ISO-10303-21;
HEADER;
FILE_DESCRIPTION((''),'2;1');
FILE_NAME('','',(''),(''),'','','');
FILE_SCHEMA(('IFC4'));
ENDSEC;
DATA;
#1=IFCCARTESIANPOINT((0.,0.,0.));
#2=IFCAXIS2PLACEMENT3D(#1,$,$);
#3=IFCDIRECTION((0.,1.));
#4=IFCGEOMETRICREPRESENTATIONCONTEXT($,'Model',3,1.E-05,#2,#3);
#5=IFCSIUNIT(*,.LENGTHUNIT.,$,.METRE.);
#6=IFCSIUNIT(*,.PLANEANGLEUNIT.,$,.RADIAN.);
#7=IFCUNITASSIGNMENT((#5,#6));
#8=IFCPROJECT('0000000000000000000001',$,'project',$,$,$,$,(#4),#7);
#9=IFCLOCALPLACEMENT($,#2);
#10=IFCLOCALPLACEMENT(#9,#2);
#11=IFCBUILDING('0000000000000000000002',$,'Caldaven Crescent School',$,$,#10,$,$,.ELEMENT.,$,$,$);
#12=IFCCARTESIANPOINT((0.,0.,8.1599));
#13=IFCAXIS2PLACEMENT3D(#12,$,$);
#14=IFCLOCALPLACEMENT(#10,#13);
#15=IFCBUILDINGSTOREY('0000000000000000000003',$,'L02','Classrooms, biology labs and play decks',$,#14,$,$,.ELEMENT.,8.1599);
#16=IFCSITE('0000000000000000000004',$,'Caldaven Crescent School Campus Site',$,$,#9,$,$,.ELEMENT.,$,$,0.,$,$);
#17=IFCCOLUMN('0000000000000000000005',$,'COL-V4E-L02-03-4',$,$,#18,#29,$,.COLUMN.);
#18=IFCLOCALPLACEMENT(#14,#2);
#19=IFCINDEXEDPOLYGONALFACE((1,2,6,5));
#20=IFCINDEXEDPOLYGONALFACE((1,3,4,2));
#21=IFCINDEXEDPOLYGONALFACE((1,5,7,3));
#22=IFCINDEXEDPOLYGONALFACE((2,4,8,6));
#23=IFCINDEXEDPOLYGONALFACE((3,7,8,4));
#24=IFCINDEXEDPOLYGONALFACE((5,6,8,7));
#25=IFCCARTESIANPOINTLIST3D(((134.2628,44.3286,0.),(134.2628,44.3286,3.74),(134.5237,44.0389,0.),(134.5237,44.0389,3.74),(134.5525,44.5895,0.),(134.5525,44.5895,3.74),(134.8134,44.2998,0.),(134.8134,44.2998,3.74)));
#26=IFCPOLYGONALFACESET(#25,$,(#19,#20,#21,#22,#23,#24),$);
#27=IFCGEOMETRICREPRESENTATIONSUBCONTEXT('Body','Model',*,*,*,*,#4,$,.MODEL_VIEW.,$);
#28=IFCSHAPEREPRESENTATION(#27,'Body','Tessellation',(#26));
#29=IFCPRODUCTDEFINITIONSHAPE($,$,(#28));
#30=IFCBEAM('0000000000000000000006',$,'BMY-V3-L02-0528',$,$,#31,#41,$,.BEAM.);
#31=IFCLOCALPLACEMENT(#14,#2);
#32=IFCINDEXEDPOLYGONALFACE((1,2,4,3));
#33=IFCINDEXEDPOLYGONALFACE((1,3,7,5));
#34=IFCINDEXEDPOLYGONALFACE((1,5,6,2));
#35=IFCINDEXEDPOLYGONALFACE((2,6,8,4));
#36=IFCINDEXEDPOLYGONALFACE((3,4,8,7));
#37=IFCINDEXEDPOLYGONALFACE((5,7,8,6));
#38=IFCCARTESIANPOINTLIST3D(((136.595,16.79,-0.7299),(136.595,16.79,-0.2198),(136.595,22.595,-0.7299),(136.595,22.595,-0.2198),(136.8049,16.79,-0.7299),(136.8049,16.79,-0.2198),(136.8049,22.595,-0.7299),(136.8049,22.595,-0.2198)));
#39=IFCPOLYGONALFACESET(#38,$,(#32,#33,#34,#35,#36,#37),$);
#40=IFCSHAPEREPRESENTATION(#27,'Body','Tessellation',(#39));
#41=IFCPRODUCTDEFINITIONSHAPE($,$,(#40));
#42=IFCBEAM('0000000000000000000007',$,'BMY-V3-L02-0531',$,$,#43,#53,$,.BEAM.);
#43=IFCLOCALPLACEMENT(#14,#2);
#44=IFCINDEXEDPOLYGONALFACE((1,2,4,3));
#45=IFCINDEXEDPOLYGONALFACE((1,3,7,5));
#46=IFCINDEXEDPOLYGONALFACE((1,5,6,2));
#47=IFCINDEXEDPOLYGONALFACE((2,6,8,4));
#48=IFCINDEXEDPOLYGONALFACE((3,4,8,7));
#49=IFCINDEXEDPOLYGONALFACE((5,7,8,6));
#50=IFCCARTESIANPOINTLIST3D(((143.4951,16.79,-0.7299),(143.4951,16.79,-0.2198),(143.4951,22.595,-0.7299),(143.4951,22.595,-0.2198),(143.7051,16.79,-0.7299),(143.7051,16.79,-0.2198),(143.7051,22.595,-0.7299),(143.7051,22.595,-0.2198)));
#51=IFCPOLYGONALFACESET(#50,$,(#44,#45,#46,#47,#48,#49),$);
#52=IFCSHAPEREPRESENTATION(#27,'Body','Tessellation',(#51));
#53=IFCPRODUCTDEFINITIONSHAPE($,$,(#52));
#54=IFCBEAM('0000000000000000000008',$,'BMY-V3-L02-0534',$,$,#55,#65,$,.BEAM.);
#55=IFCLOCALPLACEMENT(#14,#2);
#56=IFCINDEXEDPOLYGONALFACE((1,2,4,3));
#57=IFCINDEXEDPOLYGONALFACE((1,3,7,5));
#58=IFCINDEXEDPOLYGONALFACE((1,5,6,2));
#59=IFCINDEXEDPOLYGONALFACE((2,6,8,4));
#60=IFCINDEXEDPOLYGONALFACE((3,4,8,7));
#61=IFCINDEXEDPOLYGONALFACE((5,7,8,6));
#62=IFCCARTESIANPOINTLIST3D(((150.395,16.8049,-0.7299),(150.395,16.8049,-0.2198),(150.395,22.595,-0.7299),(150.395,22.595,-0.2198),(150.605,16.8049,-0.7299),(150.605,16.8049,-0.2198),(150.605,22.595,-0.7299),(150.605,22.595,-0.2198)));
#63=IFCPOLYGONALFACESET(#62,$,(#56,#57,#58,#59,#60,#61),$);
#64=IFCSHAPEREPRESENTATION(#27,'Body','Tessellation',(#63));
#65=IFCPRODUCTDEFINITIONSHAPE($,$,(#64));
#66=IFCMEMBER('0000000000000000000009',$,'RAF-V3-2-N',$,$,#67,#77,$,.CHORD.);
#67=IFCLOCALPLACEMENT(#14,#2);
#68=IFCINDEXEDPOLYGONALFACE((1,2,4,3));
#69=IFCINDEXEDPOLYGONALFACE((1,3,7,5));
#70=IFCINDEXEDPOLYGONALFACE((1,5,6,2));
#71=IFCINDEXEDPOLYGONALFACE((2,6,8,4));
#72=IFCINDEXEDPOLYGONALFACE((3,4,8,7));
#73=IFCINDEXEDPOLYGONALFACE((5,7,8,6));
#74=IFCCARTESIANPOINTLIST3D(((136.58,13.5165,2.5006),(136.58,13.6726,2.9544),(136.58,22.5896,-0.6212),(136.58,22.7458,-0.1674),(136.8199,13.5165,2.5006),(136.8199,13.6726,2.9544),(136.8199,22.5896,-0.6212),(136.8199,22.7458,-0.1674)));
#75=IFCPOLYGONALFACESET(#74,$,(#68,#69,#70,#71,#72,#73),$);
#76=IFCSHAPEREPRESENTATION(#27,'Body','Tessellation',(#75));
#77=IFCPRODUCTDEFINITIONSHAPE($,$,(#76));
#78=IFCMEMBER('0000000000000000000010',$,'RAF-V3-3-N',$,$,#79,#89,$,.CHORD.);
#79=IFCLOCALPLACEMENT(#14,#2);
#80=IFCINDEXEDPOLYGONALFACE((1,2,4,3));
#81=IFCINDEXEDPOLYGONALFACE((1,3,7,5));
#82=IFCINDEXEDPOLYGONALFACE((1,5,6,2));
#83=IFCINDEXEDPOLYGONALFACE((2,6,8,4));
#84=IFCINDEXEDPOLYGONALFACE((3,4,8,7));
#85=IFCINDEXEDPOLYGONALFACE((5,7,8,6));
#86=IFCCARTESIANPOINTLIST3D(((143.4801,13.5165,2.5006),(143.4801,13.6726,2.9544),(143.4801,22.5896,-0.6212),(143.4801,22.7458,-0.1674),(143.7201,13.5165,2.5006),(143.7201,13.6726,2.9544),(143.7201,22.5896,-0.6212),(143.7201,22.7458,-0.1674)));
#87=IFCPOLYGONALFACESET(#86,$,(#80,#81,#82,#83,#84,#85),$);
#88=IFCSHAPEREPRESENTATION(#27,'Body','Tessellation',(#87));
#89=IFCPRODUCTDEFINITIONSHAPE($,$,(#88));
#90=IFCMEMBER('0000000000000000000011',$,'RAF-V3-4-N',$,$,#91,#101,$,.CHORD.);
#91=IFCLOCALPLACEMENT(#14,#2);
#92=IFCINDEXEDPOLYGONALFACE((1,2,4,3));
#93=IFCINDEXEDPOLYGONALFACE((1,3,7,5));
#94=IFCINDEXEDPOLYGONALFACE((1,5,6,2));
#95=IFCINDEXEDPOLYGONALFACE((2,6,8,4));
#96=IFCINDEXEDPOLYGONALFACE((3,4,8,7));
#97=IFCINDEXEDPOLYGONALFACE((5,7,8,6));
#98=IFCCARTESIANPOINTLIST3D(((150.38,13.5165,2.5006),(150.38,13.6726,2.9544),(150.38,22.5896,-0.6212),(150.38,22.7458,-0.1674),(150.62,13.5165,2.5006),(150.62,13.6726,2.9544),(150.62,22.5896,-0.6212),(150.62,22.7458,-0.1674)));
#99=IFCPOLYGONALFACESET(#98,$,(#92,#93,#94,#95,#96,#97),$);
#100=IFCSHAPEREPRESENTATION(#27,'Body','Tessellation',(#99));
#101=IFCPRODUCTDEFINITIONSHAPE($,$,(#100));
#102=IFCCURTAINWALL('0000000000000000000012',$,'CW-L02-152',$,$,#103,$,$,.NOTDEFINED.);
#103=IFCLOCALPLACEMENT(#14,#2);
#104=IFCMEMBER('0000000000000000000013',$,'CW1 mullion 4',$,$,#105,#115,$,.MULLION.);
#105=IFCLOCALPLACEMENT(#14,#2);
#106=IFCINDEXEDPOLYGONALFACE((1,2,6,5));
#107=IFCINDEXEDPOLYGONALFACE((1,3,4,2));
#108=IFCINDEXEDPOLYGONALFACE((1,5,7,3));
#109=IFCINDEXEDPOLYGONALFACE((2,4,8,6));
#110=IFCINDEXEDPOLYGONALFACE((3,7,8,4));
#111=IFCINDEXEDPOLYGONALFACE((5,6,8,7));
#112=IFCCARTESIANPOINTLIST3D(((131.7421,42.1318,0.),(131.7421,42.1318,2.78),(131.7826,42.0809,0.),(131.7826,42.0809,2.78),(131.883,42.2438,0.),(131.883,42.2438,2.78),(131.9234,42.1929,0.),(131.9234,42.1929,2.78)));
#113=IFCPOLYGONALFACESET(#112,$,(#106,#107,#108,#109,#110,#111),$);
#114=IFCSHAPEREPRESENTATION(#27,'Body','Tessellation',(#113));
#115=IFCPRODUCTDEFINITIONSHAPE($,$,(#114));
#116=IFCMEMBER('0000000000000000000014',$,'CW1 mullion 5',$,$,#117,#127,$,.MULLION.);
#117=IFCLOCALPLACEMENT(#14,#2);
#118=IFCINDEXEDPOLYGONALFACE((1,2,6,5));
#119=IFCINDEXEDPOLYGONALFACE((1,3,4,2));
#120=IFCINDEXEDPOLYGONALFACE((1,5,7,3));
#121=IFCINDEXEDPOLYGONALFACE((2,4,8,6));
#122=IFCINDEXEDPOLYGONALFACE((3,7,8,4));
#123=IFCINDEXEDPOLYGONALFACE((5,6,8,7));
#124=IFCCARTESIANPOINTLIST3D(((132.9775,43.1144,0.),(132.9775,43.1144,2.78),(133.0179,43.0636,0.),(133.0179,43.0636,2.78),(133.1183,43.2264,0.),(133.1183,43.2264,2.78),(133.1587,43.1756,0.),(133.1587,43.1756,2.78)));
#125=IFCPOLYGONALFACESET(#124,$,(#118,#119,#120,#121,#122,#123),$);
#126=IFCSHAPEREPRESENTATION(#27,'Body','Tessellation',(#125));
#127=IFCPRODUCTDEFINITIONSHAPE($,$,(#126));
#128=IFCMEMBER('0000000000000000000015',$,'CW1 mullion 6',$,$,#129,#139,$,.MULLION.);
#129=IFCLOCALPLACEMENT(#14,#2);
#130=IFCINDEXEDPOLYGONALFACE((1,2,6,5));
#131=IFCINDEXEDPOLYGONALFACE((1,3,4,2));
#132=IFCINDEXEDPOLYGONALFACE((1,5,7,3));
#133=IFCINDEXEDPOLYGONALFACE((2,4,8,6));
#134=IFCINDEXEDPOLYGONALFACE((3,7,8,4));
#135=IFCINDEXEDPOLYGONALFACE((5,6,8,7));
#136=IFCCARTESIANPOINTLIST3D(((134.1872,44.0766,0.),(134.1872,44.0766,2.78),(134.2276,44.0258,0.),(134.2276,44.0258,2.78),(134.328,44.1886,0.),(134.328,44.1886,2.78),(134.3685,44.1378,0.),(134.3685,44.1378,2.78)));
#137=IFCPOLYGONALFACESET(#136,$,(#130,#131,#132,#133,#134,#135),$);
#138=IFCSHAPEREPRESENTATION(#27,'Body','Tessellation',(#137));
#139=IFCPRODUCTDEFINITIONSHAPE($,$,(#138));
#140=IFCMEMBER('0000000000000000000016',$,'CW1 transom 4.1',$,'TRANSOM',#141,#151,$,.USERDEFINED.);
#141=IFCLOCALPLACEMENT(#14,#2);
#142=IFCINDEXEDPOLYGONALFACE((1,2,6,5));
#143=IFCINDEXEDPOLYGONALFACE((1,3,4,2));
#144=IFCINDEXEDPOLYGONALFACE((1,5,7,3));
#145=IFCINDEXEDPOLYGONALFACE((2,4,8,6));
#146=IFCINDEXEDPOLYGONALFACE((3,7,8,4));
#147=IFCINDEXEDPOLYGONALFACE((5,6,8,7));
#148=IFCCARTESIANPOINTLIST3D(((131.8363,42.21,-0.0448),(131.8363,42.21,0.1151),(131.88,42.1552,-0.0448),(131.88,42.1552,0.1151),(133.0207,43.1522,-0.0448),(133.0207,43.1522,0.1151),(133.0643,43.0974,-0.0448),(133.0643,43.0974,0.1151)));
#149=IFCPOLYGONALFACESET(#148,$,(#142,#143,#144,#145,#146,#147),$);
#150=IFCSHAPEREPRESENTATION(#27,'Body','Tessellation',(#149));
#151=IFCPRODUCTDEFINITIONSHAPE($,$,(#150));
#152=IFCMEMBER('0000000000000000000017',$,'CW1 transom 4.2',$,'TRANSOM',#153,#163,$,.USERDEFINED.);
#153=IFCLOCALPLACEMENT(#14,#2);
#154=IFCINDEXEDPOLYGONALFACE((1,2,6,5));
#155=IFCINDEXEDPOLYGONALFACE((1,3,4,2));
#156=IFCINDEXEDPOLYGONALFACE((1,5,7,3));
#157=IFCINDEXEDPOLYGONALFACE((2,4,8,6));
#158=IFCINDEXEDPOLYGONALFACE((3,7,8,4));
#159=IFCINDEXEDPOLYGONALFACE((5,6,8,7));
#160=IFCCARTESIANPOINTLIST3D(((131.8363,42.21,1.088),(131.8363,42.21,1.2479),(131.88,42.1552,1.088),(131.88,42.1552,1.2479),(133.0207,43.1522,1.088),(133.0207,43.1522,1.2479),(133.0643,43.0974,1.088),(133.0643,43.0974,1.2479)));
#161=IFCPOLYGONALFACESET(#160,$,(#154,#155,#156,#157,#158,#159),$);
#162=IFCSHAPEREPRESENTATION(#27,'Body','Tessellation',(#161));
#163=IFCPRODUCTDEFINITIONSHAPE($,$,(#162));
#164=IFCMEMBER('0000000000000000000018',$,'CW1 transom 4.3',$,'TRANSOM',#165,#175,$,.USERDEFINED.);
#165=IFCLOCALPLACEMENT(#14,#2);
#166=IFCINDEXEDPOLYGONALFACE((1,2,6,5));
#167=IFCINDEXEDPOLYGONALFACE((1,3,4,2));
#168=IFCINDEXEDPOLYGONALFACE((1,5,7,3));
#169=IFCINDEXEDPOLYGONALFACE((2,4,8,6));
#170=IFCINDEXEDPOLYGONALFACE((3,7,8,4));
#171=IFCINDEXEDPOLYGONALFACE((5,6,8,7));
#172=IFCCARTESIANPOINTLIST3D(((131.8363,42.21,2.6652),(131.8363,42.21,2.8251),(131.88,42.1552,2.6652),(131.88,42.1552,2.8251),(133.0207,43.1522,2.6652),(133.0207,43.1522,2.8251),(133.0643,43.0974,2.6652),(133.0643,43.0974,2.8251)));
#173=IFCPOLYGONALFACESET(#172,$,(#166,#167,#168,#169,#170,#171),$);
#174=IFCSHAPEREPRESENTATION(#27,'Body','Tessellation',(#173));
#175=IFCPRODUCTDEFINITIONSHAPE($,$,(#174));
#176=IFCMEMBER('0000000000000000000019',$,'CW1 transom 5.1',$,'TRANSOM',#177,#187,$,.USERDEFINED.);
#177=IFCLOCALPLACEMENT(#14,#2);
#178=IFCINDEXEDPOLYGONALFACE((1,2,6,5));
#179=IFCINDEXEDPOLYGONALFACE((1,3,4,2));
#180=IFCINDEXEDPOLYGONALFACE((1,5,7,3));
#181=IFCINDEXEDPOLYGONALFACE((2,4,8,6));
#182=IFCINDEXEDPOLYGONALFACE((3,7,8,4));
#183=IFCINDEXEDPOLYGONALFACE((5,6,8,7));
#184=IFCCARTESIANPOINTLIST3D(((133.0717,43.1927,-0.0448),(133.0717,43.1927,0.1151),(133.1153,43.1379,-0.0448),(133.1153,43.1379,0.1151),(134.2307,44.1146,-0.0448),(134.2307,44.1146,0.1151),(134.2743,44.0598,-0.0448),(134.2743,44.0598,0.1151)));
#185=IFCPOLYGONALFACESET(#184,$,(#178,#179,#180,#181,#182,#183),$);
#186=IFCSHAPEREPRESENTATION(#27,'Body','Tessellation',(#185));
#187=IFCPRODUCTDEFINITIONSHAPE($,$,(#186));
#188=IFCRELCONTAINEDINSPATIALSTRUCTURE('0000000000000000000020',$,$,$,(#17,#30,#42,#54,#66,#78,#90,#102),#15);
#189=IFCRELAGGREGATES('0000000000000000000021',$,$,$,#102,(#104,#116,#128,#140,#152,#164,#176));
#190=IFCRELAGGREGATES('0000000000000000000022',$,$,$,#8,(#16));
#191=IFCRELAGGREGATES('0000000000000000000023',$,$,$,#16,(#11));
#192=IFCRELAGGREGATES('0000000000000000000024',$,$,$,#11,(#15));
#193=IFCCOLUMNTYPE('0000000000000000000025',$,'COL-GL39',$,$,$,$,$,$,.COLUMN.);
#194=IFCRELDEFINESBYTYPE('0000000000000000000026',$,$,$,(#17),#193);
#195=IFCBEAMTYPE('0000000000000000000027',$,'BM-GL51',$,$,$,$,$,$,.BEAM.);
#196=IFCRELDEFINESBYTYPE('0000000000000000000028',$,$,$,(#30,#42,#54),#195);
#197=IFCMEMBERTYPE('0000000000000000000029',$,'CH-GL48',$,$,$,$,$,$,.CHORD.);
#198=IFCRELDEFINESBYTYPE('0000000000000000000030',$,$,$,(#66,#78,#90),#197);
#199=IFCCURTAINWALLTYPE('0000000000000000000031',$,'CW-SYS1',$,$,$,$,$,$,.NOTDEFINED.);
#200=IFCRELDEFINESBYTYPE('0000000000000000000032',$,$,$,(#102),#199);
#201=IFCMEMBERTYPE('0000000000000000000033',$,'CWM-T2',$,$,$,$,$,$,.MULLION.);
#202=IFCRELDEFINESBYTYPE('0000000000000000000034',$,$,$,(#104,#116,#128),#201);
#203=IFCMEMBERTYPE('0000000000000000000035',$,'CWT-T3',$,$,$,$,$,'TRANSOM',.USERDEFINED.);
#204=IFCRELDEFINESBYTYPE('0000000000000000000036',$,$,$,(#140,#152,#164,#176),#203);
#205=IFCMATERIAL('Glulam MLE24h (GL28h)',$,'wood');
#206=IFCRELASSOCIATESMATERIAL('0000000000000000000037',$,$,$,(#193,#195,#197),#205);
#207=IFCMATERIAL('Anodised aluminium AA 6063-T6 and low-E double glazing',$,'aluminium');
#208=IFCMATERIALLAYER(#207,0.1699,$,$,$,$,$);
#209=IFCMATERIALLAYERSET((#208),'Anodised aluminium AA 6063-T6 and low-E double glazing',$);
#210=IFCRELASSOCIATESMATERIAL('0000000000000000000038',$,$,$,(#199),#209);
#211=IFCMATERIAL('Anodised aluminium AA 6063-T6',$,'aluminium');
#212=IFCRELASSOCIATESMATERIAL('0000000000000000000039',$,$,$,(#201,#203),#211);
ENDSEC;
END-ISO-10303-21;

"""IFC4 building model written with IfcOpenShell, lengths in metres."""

from ifc_helpers import new_model, si_unit, direction, frame, origin, origin_2d, place, context, subcontext, project, spatial, rectangle, extrude, material, layer, layer_set, material_profile, profile_set, type_object, element, aggregate, save


model = new_model("IFC4")

# Units and contexts
model_context = context("Model", 3, precision=1e-05, world=origin(), true_north=direction((0.0, 1.0)))
body_context = subcontext(model_context, "Body", "Model", "MODEL_VIEW")
ifc_project = project(units=[si_unit("LENGTHUNIT", "METRE"), si_unit("PLANEANGLEUNIT", "RADIAN")], contexts=[model_context])

# Site, building, storey
site_placement = place(None, origin())
site = spatial("IfcSite", under=ifc_project, at=site_placement, Name="Caldaven Crescent School Campus Site", CompositionType="ELEMENT", RefElevation=0.0)
building_placement = place(site_placement, origin())
building = spatial("IfcBuilding", under=site, at=building_placement, Name="Caldaven Crescent School", CompositionType="ELEMENT")
storey_placement = place(building_placement, frame((0.0, 0.0, 8.1599)))
storey = spatial("IfcBuildingStorey", under=building, at=storey_placement, Name="L02", Description="Classrooms, biology labs and play decks", CompositionType="ELEMENT", Elevation=8.1599)

# Column
ifc_material_1 = material(Name="Glulam MLE24h (GL28h)", Category="wood")
ifc_material_profile_1 = material_profile(ifc_material_1, rectangle(XDim=0.3899, YDim=0.3899, at=origin_2d()), Name="MLE 390x390")
ifc_profile_set_1 = profile_set([ifc_material_profile_1], Name="Glulam MLE24h (GL28h)")
column_type = type_object("IfcColumnType", Name="COL-GL39", PredefinedType="COLUMN", material=ifc_profile_set_1)
column_placement = place(storey_placement, frame((134.5381, 44.3142, 0.0), z_axis=(0.0, 0.0, 1.0), x_axis=(0.669131, -0.743145, 0.0)))
element("IfcColumn", 1, at=column_placement, inside=storey, type_object=column_type, Name="COL-V4E-L02-03-4", PredefinedType="COLUMN", context=body_context, shape_type="SweptSolid", body=[
    extrude(rectangle(XDim=0.3899, YDim=0.3899, at=origin_2d()), origin(), (0.0, 0.0, 1.0), 3.74),
])

# Beams
ifc_material_profile_2 = material_profile(ifc_material_1, rectangle(XDim=0.21, YDim=0.51, at=origin_2d()), Name="MLE 210x510")
ifc_profile_set_2 = profile_set([ifc_material_profile_2], Name="Glulam MLE24h (GL28h)")
beam_type_1 = type_object("IfcBeamType", Name="BM-GL51", PredefinedType="BEAM", material=ifc_profile_set_2)
for number, where, z_axis, x_axis, name in (
    (2, (136.7, 16.79, -0.4749), (0.0, 1.0, 0.0), (-1.0, 0.0, 0.0), "BMY-V3-L02-0528"),
    (3, (143.6001, 16.79, -0.4749), (0.0, 1.0, 0.0), (-1.0, 0.0, 0.0), "BMY-V3-L02-0531"),
):
    element("IfcBeam", number, at=place(storey_placement, frame(where, z_axis=z_axis, x_axis=x_axis)), inside=storey, type_object=beam_type_1, Name=name, PredefinedType="BEAM", context=body_context, shape_type="SweptSolid", body=[
        extrude(rectangle(XDim=0.21, YDim=0.51, at=origin_2d()), origin(), (0.0, 0.0, 1.0), 5.8049),
    ])
beam_1_placement = place(storey_placement, frame((150.5, 16.8049, -0.4749), z_axis=(0.0, 1.0, 0.0), x_axis=(-1.0, 0.0, 0.0)))
element("IfcBeam", 4, at=beam_1_placement, inside=storey, type_object=beam_type_1, Name="BMY-V3-L02-0534", PredefinedType="BEAM", context=body_context, shape_type="SweptSolid", body=[
    extrude(rectangle(XDim=0.21, YDim=0.51, at=origin_2d()), origin(), (0.0, 0.0, 1.0), 5.79),
])

# Members
ifc_material_profile_3 = material_profile(ifc_material_1, rectangle(XDim=0.24, YDim=0.48, at=origin_2d()), Name="MLE 240x480")
ifc_profile_set_3 = profile_set([ifc_material_profile_3], Name="Glulam MLE24h (GL28h)")
member_type_1 = type_object("IfcMemberType", Name="CH-GL48", PredefinedType="CHORD", material=ifc_profile_set_3)
for number, where, z_axis, x_axis, name in (
    (5, (136.7, 22.6677, -0.3943), (0.0, -0.945594, 0.32535), (1.0, 0.0, 0.0), "RAF-V3-2-N"),
    (6, (143.6001, 22.6677, -0.3943), (0.0, -0.945594, 0.32535), (1.0, 0.0, 0.0), "RAF-V3-3-N"),
    (7, (150.5, 22.6677, -0.3943), (0.0, -0.945594, 0.32535), (1.0, 0.0, 0.0), "RAF-V3-4-N"),
):
    element("IfcMember", number, at=place(storey_placement, frame(where, z_axis=z_axis, x_axis=x_axis)), inside=storey, type_object=member_type_1, Name=name, PredefinedType="CHORD", context=body_context, shape_type="SweptSolid", body=[
        extrude(rectangle(XDim=0.24, YDim=0.48, at=origin_2d()), origin(), (0.0, 0.0, 1.0), 9.5952),
    ])

# Curtain wall, members
ifc_material_2 = material(Name="Anodised aluminium AA 6063-T6 and low-E double glazing", Category="aluminium")
ifc_layer_1 = layer(ifc_material_2, 0.1699)
ifc_layer_set_1 = layer_set([ifc_layer_1], Name="Anodised aluminium AA 6063-T6 and low-E double glazing")
curtain_wall_type = type_object("IfcCurtainWallType", Name="CW-SYS1", PredefinedType="NOTDEFINED", material=ifc_layer_set_1)
curtain_wall_placement = place(storey_placement, origin())
curtain_wall = element("IfcCurtainWall", 8, at=curtain_wall_placement, inside=storey, type_object=curtain_wall_type, Name="CW-L02-152", PredefinedType="NOTDEFINED")
ifc_material_3 = material(Name="Anodised aluminium AA 6063-T6", Category="aluminium")
ifc_material_profile_4 = material_profile(ifc_material_3, rectangle(XDim=0.0649, YDim=0.1799, at=origin_2d()), Name="CWM 65x180")
ifc_profile_set_4 = profile_set([ifc_material_profile_4], Name="Anodised aluminium AA 6063-T6")
member_type_2 = type_object("IfcMemberType", Name="CWM-T2", PredefinedType="MULLION", material=ifc_profile_set_4)
member_1_placement = place(storey_placement, frame((131.8328, 42.1624, 0.0), z_axis=(0.0, 0.0, 1.0), x_axis=(-0.622514, 0.782608, 0.0)))
member_1 = element("IfcMember", 9, at=member_1_placement, type_object=member_type_2, Name="CW1 mullion 4", PredefinedType="MULLION", context=body_context, shape_type="SweptSolid", body=[
    extrude(rectangle(XDim=0.0649, YDim=0.1799, at=origin_2d()), origin(), (0.0, 0.0, 1.0), 2.78),
])
member_2_placement = place(storey_placement, frame((133.0681, 43.145, 0.0), z_axis=(0.0, 0.0, 1.0), x_axis=(-0.622514, 0.782608, 0.0)))
member_2 = element("IfcMember", 10, at=member_2_placement, type_object=member_type_2, Name="CW1 mullion 5", PredefinedType="MULLION", context=body_context, shape_type="SweptSolid", body=[
    extrude(rectangle(XDim=0.0649, YDim=0.1799, at=origin_2d()), origin(), (0.0, 0.0, 1.0), 2.78),
])
member_3_placement = place(storey_placement, frame((134.2778, 44.1072, 0.0), z_axis=(0.0, 0.0, 1.0), x_axis=(-0.622514, 0.782608, 0.0)))
member_3 = element("IfcMember", 11, at=member_3_placement, type_object=member_type_2, Name="CW1 mullion 6", PredefinedType="MULLION", context=body_context, shape_type="SweptSolid", body=[
    extrude(rectangle(XDim=0.0649, YDim=0.1799, at=origin_2d()), origin(), (0.0, 0.0, 1.0), 2.78),
])
ifc_material_profile_5 = material_profile(ifc_material_3, rectangle(XDim=0.0701, YDim=0.1599, at=origin_2d()), Name="CWT 70x160")
ifc_profile_set_5 = profile_set([ifc_material_profile_5], Name="Anodised aluminium AA 6063-T6")
member_type_3 = type_object("IfcMemberType", Name="CWT-T3", ElementType="TRANSOM", PredefinedType="USERDEFINED", material=ifc_profile_set_5)
member_4_placement = place(storey_placement, frame((131.8582, 42.1826, 0.0352), z_axis=(0.782581, 0.622548, 0.0), x_axis=(-0.622548, 0.782581, 0.0)))
member_4 = element("IfcMember", 12, at=member_4_placement, type_object=member_type_3, Name="CW1 transom 4.1", ObjectType="TRANSOM", PredefinedType="USERDEFINED", context=body_context, shape_type="SweptSolid", body=[
    extrude(rectangle(XDim=0.0701, YDim=0.1599, at=origin_2d()), origin(), (0.0, 0.0, 1.0), 1.5134),
])
member_5_placement = place(storey_placement, frame((131.8582, 42.1826, 1.168), z_axis=(0.782581, 0.622548, 0.0), x_axis=(-0.622548, 0.782581, 0.0)))
member_5 = element("IfcMember", 13, at=member_5_placement, type_object=member_type_3, Name="CW1 transom 4.2", ObjectType="TRANSOM", PredefinedType="USERDEFINED", context=body_context, shape_type="SweptSolid", body=[
    extrude(rectangle(XDim=0.0701, YDim=0.1599, at=origin_2d()), origin(), (0.0, 0.0, 1.0), 1.5134),
])
member_6_placement = place(storey_placement, frame((131.8582, 42.1826, 2.7451), z_axis=(0.782581, 0.622548, 0.0), x_axis=(-0.622548, 0.782581, 0.0)))
member_6 = element("IfcMember", 14, at=member_6_placement, type_object=member_type_3, Name="CW1 transom 4.3", ObjectType="TRANSOM", PredefinedType="USERDEFINED", context=body_context, shape_type="SweptSolid", body=[
    extrude(rectangle(XDim=0.0701, YDim=0.1599, at=origin_2d()), origin(), (0.0, 0.0, 1.0), 1.5134),
])
member_7_placement = place(storey_placement, frame((133.0935, 43.1653, 0.0352), z_axis=(0.782603, 0.622521, 0.0), x_axis=(-0.622521, 0.782603, 0.0)))
member_7 = element("IfcMember", 15, at=member_7_placement, type_object=member_type_3, Name="CW1 transom 5.1", ObjectType="TRANSOM", PredefinedType="USERDEFINED", context=body_context, shape_type="SweptSolid", body=[
    extrude(rectangle(XDim=0.0701, YDim=0.1599, at=origin_2d()), origin(), (0.0, 0.0, 1.0), 1.481),
])

aggregate(curtain_wall, [member_1, member_2, member_3, member_4, member_5, member_6, member_7])

save(model, "model.ifc")
